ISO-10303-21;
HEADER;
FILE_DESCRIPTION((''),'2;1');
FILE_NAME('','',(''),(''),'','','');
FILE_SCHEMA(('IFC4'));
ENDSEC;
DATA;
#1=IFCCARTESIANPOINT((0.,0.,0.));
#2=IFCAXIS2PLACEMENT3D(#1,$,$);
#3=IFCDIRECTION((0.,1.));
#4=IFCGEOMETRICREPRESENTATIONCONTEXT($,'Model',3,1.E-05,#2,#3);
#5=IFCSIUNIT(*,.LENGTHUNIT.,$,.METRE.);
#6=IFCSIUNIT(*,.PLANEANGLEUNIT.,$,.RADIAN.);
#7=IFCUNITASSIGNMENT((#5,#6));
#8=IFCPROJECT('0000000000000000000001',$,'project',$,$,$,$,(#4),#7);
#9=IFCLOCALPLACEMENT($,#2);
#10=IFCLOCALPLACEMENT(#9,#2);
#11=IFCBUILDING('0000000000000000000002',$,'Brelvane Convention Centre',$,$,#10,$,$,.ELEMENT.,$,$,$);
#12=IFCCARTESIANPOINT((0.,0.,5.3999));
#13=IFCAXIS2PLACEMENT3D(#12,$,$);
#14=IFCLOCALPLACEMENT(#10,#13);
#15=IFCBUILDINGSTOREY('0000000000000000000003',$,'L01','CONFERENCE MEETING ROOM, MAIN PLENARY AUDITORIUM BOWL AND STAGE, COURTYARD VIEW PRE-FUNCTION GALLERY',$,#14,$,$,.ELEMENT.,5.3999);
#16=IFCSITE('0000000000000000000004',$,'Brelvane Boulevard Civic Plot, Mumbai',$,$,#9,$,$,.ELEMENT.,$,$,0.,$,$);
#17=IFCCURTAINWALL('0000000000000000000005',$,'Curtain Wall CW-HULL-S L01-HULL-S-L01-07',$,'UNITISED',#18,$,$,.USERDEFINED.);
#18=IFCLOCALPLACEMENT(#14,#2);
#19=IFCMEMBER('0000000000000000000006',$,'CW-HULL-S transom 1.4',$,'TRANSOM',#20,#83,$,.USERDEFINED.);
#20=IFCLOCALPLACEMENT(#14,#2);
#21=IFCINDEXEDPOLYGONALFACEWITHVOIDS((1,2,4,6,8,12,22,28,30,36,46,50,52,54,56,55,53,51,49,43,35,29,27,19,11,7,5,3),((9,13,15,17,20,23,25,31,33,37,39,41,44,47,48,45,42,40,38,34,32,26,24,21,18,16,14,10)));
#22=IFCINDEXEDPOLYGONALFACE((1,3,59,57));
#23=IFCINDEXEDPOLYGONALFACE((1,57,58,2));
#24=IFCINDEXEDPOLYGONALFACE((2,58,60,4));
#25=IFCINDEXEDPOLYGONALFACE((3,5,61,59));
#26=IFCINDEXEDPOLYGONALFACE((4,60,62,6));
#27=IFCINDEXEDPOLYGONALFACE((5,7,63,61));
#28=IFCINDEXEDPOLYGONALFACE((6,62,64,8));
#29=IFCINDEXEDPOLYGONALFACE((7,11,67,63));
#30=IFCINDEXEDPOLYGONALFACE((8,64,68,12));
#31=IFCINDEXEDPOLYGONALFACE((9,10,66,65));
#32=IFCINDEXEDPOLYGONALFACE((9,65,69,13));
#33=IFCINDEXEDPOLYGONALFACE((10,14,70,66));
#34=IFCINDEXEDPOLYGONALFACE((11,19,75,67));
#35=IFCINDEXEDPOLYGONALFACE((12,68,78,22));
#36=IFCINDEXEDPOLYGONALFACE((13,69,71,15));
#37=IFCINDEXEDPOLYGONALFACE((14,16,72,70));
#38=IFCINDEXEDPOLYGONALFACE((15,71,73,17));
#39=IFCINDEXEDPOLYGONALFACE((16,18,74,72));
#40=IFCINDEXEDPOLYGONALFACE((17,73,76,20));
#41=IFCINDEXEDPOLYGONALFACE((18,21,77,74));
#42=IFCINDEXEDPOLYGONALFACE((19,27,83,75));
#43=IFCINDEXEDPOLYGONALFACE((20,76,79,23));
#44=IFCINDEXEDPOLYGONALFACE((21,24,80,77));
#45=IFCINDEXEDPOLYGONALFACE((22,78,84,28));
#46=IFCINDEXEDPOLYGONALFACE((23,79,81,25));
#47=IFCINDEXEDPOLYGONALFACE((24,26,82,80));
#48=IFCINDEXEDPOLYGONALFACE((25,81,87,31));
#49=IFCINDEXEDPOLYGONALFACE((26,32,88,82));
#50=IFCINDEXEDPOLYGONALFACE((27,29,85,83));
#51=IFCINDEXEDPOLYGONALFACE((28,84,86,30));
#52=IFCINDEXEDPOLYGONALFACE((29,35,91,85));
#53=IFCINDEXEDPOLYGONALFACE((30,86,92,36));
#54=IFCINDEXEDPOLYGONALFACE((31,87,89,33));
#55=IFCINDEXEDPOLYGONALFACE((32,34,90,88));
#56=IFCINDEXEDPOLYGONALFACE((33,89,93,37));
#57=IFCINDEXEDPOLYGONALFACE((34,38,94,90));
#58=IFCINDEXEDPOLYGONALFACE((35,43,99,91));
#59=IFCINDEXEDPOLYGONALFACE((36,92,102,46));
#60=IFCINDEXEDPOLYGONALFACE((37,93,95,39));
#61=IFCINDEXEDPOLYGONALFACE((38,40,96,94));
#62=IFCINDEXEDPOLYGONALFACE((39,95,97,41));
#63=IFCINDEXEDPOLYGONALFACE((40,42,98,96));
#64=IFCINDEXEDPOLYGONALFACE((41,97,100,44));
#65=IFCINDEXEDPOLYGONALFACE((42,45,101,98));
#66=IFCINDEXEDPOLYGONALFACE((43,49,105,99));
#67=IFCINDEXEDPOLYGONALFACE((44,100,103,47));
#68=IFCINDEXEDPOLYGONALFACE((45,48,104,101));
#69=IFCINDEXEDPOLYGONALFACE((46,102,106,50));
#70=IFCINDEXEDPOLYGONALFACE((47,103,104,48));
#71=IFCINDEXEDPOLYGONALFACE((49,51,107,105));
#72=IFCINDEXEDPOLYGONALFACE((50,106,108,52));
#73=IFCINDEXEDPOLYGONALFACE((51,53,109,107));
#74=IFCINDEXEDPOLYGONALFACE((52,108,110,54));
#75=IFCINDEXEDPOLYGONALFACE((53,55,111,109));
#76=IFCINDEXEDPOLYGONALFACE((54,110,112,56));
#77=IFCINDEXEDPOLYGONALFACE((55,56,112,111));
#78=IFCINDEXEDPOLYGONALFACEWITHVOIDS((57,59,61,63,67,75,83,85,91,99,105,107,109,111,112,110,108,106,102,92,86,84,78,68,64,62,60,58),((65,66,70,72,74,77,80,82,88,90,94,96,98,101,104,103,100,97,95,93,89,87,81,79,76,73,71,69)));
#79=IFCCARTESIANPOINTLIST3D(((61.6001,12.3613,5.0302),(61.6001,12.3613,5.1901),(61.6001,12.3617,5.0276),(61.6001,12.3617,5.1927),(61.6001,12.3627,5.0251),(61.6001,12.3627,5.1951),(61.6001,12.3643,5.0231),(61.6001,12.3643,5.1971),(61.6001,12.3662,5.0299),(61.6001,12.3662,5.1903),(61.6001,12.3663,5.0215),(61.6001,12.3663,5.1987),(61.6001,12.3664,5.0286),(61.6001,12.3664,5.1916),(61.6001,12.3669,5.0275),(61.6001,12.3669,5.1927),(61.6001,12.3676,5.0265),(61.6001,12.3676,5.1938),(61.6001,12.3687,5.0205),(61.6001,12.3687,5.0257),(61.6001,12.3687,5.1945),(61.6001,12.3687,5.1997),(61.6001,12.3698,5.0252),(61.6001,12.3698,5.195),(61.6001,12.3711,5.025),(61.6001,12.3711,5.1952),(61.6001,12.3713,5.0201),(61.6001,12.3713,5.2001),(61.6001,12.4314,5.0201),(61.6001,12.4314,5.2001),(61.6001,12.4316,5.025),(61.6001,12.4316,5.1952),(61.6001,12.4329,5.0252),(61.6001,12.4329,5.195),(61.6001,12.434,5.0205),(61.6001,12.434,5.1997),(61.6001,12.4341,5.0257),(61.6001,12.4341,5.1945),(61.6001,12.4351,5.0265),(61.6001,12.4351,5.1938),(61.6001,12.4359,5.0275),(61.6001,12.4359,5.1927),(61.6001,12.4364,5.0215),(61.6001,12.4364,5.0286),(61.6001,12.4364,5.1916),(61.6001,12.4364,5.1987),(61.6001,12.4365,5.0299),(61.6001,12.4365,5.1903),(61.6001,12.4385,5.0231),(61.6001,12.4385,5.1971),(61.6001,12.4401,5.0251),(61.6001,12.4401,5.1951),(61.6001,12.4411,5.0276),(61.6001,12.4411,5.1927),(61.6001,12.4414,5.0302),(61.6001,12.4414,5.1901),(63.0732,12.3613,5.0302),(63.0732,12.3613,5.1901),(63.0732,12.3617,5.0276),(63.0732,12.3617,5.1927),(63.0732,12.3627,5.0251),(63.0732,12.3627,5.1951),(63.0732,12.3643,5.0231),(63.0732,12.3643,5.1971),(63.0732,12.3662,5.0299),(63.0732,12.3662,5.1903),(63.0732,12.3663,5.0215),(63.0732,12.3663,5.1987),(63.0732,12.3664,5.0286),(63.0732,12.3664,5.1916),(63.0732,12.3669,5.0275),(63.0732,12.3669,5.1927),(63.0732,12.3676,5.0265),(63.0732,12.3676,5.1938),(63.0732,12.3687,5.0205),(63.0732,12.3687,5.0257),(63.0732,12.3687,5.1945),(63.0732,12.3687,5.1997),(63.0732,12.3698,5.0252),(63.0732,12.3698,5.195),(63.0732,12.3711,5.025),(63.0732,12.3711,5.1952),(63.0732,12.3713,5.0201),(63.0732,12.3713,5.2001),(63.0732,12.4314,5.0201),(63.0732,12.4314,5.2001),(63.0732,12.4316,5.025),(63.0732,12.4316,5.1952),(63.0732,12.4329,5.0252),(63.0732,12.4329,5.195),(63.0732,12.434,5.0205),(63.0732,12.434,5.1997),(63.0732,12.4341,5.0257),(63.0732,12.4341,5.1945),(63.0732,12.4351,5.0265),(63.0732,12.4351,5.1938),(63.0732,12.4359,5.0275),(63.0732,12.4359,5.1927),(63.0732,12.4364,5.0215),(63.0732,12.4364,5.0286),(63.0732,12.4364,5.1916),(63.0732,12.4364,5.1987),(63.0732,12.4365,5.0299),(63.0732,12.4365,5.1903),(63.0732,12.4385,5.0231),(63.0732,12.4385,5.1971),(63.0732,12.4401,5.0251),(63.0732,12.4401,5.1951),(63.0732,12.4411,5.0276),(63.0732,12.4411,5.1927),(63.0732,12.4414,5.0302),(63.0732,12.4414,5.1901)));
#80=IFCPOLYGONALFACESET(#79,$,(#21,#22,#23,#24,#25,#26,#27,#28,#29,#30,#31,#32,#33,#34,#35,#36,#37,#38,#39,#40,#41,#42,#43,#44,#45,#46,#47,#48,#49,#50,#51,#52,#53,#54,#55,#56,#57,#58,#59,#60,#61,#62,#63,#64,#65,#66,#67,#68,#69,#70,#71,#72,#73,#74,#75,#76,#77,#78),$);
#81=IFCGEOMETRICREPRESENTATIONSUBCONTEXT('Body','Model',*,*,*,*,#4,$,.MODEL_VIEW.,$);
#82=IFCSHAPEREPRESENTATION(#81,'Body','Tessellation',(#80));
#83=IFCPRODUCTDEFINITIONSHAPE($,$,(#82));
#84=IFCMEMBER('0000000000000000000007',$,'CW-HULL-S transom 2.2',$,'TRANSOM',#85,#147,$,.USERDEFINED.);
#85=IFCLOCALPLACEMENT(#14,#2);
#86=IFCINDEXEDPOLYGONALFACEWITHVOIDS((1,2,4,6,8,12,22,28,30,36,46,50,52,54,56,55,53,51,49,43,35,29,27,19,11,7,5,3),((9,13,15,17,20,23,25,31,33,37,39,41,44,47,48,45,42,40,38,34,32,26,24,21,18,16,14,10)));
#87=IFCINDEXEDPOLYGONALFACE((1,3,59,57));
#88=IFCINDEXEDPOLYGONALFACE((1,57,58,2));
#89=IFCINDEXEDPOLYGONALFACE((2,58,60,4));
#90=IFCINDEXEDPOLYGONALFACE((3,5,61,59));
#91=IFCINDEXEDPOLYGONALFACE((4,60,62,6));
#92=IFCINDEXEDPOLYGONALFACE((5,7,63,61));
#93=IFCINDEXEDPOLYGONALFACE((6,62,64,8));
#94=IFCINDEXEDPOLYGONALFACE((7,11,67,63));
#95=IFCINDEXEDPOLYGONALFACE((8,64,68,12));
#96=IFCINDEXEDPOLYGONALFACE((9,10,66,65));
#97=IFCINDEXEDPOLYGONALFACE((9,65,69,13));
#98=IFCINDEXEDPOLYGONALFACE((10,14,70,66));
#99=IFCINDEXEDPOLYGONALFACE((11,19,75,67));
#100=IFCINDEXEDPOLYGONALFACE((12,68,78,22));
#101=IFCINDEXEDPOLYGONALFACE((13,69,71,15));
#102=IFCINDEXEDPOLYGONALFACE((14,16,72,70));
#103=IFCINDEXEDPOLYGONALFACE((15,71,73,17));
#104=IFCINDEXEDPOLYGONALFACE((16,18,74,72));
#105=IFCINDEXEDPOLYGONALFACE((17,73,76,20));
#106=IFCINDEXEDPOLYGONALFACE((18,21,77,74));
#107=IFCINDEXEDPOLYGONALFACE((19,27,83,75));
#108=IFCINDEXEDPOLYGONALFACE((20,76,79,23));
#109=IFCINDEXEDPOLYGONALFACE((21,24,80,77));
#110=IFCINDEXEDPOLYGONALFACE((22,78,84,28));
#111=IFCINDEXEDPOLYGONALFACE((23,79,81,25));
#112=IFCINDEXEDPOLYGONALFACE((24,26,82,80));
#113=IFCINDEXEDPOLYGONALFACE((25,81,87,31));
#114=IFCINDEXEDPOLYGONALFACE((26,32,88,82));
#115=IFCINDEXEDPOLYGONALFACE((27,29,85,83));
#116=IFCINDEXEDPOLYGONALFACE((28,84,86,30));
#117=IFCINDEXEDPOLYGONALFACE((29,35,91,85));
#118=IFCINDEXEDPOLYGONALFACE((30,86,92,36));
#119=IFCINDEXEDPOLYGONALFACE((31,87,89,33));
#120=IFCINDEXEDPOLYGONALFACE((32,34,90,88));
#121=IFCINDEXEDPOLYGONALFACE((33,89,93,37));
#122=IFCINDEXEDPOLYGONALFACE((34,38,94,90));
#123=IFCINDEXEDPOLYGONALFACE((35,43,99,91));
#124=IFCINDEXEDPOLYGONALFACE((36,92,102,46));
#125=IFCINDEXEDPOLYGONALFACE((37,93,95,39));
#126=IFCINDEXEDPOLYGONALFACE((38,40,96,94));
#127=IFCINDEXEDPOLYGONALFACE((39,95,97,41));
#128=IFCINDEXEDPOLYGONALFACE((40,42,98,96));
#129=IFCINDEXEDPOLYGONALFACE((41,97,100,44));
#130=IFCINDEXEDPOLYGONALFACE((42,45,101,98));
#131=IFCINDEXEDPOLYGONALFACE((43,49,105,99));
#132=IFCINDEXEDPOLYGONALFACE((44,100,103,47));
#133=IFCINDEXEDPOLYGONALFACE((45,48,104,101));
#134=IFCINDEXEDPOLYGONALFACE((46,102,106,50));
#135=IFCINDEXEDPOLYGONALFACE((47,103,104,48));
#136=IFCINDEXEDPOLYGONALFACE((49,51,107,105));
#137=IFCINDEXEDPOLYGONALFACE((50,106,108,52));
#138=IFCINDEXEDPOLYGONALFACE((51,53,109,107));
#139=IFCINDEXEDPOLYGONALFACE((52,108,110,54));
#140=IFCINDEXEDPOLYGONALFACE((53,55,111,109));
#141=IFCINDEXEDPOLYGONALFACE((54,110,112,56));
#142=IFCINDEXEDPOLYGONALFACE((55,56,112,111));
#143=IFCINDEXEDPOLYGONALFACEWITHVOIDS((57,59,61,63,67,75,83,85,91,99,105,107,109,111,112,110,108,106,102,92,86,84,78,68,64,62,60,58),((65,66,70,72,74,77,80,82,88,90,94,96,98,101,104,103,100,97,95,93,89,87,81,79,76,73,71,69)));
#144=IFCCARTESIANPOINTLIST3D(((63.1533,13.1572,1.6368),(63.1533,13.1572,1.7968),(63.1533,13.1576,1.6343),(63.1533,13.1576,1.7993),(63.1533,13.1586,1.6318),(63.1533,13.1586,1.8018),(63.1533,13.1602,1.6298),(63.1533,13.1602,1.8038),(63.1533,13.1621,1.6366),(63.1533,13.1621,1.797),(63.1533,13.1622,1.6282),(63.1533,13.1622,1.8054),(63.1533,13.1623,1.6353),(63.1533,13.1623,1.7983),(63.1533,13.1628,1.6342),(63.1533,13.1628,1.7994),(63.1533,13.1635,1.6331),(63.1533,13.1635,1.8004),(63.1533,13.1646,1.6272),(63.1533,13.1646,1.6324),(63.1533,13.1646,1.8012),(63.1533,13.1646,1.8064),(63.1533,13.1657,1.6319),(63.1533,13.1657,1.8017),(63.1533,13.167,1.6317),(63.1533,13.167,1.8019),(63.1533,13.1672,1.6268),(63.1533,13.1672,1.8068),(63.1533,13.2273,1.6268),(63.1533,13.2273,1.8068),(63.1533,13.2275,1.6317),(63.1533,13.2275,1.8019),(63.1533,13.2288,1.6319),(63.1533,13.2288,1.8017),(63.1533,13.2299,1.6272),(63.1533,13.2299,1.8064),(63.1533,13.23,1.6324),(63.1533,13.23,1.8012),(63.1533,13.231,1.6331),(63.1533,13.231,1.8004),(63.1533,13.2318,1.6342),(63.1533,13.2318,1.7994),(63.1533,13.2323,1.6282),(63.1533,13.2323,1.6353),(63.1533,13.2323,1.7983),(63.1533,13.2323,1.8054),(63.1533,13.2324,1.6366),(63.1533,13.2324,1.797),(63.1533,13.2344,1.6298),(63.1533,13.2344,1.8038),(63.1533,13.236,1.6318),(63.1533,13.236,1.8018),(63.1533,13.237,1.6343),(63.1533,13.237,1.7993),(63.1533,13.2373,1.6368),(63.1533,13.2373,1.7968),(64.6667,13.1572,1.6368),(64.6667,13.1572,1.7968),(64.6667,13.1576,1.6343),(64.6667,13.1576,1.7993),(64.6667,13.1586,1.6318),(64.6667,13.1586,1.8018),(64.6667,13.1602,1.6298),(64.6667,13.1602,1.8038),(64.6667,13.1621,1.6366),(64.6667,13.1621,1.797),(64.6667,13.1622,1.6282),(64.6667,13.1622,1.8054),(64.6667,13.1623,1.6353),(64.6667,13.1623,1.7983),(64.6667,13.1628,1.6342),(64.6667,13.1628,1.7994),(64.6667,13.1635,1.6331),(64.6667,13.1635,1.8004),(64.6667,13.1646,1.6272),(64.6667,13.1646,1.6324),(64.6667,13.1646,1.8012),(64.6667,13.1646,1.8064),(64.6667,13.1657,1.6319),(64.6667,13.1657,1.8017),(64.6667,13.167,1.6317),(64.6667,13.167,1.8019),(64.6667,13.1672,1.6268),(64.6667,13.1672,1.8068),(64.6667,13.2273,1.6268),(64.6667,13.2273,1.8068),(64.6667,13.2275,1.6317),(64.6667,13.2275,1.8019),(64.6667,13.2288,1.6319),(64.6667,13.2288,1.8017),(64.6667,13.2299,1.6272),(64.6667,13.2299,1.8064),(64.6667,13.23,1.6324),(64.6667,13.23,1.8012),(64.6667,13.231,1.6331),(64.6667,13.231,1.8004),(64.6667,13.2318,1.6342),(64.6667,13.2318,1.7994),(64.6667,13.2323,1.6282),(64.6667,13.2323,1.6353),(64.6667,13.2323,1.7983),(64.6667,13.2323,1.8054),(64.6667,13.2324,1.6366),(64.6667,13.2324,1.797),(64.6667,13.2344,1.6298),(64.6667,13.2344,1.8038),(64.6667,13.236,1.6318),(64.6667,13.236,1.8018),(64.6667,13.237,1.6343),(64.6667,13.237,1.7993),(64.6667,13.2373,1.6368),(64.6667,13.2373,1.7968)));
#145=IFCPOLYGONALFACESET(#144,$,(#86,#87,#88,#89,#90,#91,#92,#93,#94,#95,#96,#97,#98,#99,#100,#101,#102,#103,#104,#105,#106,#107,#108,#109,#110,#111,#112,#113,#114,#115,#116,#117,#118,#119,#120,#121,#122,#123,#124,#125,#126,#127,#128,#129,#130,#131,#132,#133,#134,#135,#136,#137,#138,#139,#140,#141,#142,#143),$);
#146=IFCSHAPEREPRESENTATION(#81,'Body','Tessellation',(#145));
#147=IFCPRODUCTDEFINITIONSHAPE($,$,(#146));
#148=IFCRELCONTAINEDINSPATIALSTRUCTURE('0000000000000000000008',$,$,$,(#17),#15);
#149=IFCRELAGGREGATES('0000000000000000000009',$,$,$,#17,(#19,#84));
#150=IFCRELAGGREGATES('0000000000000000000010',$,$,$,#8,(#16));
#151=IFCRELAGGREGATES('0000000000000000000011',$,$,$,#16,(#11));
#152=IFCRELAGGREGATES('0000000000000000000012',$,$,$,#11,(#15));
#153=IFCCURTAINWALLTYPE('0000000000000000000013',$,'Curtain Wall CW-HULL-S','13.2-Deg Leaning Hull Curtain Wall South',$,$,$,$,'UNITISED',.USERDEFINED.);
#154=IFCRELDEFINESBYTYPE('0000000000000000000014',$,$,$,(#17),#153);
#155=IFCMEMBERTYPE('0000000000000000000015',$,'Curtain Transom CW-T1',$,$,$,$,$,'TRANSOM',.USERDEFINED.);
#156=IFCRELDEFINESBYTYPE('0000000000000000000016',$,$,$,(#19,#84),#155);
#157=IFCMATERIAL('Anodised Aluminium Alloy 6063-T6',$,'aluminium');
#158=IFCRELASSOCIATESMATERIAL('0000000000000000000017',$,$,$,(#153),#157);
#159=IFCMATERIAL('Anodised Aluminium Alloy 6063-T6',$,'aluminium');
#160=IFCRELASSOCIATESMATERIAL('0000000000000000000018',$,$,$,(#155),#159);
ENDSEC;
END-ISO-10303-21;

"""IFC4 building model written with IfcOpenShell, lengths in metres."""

from ifc_helpers import new_model, si_unit, direction, frame, origin, origin_2d, place, context, subcontext, project, spatial, hollow_rectangle, extrude, material, material_profile, profile_set, type_object, element, aggregate, save


model = new_model("IFC4")

# Units and contexts
model_context = context("Model", 3, precision=1e-05, world=origin(), true_north=direction((0.0, 1.0)))
body_context = subcontext(model_context, "Body", "Model", "MODEL_VIEW")
ifc_project = project(units=[si_unit("LENGTHUNIT", "METRE"), si_unit("PLANEANGLEUNIT", "RADIAN")], contexts=[model_context])

# Site, building, storey
site_placement = place(None, origin())
site = spatial("IfcSite", under=ifc_project, at=site_placement, Name="Brelvane Boulevard Civic Plot, Mumbai", CompositionType="ELEMENT", RefElevation=0.0)
building_placement = place(site_placement, origin())
building = spatial("IfcBuilding", under=site, at=building_placement, Name="Brelvane Convention Centre", CompositionType="ELEMENT")
storey_placement = place(building_placement, frame((0.0, 0.0, 5.3999)))
storey = spatial("IfcBuildingStorey", under=building, at=storey_placement, Name="L01", Description="CONFERENCE MEETING ROOM, MAIN PLENARY AUDITORIUM BOWL AND STAGE, COURTYARD VIEW PRE-FUNCTION GALLERY", CompositionType="ELEMENT", Elevation=5.3999)

# Curtain wall, members
ifc_material_1 = material(Name="Anodised Aluminium Alloy 6063-T6", Category="aluminium")
curtain_wall_type = type_object("IfcCurtainWallType", Name="Curtain Wall CW-HULL-S", Description="13.2-Deg Leaning Hull Curtain Wall South", ElementType="UNITISED", PredefinedType="USERDEFINED", material=ifc_material_1)
ifc_material_2 = material(Name="Anodised Aluminium Alloy 6063-T6", Category="aluminium")
ifc_material_profile = material_profile(ifc_material_2, hollow_rectangle(XDim=0.0801, YDim=0.1799, WallThickness=0.0049, InnerFilletRadius=0.0049, OuterFilletRadius=0.01, at=origin_2d()), Name="ALU-T 180x80x5.0")
ifc_profile_set = profile_set([ifc_material_profile], Name="Anodised Aluminium Alloy 6063-T6")
member_type = type_object("IfcMemberType", Name="Curtain Transom CW-T1", ElementType="TRANSOM", PredefinedType="USERDEFINED", material=ifc_profile_set)
curtain_wall_1_placement = place(storey_placement, origin())
curtain_wall_1 = element("IfcCurtainWall", 1, at=curtain_wall_1_placement, inside=storey, type_object=curtain_wall_type, Name="Curtain Wall CW-HULL-S L01-HULL-S-L01-07", ObjectType="UNITISED", PredefinedType="USERDEFINED")
member_1_placement = place(storey_placement, frame((61.6001, 12.4014, 5.1101), z_axis=(1.0, 0.0, 0.0), x_axis=(0.0, 1.0, 0.0)))
member_1 = element("IfcMember", 2, at=member_1_placement, type_object=member_type, Name="CW-HULL-S transom 1.4", ObjectType="TRANSOM", PredefinedType="USERDEFINED", context=body_context, shape_type="SweptSolid", body=[
    extrude(hollow_rectangle(XDim=0.0801, YDim=0.1799, WallThickness=0.0049, InnerFilletRadius=0.0049, OuterFilletRadius=0.01, at=origin_2d()), origin(), (0.0, 0.0, 1.0), 1.4731),
])
member_2_placement = place(storey_placement, frame((63.1533, 13.1973, 1.7168), z_axis=(1.0, 0.0, 0.0), x_axis=(0.0, 1.0, 0.0)))
member_2 = element("IfcMember", 3, at=member_2_placement, type_object=member_type, Name="CW-HULL-S transom 2.2", ObjectType="TRANSOM", PredefinedType="USERDEFINED", context=body_context, shape_type="SweptSolid", body=[
    extrude(hollow_rectangle(XDim=0.0801, YDim=0.1799, WallThickness=0.0049, InnerFilletRadius=0.0049, OuterFilletRadius=0.01, at=origin_2d()), origin(), (0.0, 0.0, 1.0), 1.5134),
])

aggregate(curtain_wall_1, [member_1, member_2])

save(model, "model.ifc")
